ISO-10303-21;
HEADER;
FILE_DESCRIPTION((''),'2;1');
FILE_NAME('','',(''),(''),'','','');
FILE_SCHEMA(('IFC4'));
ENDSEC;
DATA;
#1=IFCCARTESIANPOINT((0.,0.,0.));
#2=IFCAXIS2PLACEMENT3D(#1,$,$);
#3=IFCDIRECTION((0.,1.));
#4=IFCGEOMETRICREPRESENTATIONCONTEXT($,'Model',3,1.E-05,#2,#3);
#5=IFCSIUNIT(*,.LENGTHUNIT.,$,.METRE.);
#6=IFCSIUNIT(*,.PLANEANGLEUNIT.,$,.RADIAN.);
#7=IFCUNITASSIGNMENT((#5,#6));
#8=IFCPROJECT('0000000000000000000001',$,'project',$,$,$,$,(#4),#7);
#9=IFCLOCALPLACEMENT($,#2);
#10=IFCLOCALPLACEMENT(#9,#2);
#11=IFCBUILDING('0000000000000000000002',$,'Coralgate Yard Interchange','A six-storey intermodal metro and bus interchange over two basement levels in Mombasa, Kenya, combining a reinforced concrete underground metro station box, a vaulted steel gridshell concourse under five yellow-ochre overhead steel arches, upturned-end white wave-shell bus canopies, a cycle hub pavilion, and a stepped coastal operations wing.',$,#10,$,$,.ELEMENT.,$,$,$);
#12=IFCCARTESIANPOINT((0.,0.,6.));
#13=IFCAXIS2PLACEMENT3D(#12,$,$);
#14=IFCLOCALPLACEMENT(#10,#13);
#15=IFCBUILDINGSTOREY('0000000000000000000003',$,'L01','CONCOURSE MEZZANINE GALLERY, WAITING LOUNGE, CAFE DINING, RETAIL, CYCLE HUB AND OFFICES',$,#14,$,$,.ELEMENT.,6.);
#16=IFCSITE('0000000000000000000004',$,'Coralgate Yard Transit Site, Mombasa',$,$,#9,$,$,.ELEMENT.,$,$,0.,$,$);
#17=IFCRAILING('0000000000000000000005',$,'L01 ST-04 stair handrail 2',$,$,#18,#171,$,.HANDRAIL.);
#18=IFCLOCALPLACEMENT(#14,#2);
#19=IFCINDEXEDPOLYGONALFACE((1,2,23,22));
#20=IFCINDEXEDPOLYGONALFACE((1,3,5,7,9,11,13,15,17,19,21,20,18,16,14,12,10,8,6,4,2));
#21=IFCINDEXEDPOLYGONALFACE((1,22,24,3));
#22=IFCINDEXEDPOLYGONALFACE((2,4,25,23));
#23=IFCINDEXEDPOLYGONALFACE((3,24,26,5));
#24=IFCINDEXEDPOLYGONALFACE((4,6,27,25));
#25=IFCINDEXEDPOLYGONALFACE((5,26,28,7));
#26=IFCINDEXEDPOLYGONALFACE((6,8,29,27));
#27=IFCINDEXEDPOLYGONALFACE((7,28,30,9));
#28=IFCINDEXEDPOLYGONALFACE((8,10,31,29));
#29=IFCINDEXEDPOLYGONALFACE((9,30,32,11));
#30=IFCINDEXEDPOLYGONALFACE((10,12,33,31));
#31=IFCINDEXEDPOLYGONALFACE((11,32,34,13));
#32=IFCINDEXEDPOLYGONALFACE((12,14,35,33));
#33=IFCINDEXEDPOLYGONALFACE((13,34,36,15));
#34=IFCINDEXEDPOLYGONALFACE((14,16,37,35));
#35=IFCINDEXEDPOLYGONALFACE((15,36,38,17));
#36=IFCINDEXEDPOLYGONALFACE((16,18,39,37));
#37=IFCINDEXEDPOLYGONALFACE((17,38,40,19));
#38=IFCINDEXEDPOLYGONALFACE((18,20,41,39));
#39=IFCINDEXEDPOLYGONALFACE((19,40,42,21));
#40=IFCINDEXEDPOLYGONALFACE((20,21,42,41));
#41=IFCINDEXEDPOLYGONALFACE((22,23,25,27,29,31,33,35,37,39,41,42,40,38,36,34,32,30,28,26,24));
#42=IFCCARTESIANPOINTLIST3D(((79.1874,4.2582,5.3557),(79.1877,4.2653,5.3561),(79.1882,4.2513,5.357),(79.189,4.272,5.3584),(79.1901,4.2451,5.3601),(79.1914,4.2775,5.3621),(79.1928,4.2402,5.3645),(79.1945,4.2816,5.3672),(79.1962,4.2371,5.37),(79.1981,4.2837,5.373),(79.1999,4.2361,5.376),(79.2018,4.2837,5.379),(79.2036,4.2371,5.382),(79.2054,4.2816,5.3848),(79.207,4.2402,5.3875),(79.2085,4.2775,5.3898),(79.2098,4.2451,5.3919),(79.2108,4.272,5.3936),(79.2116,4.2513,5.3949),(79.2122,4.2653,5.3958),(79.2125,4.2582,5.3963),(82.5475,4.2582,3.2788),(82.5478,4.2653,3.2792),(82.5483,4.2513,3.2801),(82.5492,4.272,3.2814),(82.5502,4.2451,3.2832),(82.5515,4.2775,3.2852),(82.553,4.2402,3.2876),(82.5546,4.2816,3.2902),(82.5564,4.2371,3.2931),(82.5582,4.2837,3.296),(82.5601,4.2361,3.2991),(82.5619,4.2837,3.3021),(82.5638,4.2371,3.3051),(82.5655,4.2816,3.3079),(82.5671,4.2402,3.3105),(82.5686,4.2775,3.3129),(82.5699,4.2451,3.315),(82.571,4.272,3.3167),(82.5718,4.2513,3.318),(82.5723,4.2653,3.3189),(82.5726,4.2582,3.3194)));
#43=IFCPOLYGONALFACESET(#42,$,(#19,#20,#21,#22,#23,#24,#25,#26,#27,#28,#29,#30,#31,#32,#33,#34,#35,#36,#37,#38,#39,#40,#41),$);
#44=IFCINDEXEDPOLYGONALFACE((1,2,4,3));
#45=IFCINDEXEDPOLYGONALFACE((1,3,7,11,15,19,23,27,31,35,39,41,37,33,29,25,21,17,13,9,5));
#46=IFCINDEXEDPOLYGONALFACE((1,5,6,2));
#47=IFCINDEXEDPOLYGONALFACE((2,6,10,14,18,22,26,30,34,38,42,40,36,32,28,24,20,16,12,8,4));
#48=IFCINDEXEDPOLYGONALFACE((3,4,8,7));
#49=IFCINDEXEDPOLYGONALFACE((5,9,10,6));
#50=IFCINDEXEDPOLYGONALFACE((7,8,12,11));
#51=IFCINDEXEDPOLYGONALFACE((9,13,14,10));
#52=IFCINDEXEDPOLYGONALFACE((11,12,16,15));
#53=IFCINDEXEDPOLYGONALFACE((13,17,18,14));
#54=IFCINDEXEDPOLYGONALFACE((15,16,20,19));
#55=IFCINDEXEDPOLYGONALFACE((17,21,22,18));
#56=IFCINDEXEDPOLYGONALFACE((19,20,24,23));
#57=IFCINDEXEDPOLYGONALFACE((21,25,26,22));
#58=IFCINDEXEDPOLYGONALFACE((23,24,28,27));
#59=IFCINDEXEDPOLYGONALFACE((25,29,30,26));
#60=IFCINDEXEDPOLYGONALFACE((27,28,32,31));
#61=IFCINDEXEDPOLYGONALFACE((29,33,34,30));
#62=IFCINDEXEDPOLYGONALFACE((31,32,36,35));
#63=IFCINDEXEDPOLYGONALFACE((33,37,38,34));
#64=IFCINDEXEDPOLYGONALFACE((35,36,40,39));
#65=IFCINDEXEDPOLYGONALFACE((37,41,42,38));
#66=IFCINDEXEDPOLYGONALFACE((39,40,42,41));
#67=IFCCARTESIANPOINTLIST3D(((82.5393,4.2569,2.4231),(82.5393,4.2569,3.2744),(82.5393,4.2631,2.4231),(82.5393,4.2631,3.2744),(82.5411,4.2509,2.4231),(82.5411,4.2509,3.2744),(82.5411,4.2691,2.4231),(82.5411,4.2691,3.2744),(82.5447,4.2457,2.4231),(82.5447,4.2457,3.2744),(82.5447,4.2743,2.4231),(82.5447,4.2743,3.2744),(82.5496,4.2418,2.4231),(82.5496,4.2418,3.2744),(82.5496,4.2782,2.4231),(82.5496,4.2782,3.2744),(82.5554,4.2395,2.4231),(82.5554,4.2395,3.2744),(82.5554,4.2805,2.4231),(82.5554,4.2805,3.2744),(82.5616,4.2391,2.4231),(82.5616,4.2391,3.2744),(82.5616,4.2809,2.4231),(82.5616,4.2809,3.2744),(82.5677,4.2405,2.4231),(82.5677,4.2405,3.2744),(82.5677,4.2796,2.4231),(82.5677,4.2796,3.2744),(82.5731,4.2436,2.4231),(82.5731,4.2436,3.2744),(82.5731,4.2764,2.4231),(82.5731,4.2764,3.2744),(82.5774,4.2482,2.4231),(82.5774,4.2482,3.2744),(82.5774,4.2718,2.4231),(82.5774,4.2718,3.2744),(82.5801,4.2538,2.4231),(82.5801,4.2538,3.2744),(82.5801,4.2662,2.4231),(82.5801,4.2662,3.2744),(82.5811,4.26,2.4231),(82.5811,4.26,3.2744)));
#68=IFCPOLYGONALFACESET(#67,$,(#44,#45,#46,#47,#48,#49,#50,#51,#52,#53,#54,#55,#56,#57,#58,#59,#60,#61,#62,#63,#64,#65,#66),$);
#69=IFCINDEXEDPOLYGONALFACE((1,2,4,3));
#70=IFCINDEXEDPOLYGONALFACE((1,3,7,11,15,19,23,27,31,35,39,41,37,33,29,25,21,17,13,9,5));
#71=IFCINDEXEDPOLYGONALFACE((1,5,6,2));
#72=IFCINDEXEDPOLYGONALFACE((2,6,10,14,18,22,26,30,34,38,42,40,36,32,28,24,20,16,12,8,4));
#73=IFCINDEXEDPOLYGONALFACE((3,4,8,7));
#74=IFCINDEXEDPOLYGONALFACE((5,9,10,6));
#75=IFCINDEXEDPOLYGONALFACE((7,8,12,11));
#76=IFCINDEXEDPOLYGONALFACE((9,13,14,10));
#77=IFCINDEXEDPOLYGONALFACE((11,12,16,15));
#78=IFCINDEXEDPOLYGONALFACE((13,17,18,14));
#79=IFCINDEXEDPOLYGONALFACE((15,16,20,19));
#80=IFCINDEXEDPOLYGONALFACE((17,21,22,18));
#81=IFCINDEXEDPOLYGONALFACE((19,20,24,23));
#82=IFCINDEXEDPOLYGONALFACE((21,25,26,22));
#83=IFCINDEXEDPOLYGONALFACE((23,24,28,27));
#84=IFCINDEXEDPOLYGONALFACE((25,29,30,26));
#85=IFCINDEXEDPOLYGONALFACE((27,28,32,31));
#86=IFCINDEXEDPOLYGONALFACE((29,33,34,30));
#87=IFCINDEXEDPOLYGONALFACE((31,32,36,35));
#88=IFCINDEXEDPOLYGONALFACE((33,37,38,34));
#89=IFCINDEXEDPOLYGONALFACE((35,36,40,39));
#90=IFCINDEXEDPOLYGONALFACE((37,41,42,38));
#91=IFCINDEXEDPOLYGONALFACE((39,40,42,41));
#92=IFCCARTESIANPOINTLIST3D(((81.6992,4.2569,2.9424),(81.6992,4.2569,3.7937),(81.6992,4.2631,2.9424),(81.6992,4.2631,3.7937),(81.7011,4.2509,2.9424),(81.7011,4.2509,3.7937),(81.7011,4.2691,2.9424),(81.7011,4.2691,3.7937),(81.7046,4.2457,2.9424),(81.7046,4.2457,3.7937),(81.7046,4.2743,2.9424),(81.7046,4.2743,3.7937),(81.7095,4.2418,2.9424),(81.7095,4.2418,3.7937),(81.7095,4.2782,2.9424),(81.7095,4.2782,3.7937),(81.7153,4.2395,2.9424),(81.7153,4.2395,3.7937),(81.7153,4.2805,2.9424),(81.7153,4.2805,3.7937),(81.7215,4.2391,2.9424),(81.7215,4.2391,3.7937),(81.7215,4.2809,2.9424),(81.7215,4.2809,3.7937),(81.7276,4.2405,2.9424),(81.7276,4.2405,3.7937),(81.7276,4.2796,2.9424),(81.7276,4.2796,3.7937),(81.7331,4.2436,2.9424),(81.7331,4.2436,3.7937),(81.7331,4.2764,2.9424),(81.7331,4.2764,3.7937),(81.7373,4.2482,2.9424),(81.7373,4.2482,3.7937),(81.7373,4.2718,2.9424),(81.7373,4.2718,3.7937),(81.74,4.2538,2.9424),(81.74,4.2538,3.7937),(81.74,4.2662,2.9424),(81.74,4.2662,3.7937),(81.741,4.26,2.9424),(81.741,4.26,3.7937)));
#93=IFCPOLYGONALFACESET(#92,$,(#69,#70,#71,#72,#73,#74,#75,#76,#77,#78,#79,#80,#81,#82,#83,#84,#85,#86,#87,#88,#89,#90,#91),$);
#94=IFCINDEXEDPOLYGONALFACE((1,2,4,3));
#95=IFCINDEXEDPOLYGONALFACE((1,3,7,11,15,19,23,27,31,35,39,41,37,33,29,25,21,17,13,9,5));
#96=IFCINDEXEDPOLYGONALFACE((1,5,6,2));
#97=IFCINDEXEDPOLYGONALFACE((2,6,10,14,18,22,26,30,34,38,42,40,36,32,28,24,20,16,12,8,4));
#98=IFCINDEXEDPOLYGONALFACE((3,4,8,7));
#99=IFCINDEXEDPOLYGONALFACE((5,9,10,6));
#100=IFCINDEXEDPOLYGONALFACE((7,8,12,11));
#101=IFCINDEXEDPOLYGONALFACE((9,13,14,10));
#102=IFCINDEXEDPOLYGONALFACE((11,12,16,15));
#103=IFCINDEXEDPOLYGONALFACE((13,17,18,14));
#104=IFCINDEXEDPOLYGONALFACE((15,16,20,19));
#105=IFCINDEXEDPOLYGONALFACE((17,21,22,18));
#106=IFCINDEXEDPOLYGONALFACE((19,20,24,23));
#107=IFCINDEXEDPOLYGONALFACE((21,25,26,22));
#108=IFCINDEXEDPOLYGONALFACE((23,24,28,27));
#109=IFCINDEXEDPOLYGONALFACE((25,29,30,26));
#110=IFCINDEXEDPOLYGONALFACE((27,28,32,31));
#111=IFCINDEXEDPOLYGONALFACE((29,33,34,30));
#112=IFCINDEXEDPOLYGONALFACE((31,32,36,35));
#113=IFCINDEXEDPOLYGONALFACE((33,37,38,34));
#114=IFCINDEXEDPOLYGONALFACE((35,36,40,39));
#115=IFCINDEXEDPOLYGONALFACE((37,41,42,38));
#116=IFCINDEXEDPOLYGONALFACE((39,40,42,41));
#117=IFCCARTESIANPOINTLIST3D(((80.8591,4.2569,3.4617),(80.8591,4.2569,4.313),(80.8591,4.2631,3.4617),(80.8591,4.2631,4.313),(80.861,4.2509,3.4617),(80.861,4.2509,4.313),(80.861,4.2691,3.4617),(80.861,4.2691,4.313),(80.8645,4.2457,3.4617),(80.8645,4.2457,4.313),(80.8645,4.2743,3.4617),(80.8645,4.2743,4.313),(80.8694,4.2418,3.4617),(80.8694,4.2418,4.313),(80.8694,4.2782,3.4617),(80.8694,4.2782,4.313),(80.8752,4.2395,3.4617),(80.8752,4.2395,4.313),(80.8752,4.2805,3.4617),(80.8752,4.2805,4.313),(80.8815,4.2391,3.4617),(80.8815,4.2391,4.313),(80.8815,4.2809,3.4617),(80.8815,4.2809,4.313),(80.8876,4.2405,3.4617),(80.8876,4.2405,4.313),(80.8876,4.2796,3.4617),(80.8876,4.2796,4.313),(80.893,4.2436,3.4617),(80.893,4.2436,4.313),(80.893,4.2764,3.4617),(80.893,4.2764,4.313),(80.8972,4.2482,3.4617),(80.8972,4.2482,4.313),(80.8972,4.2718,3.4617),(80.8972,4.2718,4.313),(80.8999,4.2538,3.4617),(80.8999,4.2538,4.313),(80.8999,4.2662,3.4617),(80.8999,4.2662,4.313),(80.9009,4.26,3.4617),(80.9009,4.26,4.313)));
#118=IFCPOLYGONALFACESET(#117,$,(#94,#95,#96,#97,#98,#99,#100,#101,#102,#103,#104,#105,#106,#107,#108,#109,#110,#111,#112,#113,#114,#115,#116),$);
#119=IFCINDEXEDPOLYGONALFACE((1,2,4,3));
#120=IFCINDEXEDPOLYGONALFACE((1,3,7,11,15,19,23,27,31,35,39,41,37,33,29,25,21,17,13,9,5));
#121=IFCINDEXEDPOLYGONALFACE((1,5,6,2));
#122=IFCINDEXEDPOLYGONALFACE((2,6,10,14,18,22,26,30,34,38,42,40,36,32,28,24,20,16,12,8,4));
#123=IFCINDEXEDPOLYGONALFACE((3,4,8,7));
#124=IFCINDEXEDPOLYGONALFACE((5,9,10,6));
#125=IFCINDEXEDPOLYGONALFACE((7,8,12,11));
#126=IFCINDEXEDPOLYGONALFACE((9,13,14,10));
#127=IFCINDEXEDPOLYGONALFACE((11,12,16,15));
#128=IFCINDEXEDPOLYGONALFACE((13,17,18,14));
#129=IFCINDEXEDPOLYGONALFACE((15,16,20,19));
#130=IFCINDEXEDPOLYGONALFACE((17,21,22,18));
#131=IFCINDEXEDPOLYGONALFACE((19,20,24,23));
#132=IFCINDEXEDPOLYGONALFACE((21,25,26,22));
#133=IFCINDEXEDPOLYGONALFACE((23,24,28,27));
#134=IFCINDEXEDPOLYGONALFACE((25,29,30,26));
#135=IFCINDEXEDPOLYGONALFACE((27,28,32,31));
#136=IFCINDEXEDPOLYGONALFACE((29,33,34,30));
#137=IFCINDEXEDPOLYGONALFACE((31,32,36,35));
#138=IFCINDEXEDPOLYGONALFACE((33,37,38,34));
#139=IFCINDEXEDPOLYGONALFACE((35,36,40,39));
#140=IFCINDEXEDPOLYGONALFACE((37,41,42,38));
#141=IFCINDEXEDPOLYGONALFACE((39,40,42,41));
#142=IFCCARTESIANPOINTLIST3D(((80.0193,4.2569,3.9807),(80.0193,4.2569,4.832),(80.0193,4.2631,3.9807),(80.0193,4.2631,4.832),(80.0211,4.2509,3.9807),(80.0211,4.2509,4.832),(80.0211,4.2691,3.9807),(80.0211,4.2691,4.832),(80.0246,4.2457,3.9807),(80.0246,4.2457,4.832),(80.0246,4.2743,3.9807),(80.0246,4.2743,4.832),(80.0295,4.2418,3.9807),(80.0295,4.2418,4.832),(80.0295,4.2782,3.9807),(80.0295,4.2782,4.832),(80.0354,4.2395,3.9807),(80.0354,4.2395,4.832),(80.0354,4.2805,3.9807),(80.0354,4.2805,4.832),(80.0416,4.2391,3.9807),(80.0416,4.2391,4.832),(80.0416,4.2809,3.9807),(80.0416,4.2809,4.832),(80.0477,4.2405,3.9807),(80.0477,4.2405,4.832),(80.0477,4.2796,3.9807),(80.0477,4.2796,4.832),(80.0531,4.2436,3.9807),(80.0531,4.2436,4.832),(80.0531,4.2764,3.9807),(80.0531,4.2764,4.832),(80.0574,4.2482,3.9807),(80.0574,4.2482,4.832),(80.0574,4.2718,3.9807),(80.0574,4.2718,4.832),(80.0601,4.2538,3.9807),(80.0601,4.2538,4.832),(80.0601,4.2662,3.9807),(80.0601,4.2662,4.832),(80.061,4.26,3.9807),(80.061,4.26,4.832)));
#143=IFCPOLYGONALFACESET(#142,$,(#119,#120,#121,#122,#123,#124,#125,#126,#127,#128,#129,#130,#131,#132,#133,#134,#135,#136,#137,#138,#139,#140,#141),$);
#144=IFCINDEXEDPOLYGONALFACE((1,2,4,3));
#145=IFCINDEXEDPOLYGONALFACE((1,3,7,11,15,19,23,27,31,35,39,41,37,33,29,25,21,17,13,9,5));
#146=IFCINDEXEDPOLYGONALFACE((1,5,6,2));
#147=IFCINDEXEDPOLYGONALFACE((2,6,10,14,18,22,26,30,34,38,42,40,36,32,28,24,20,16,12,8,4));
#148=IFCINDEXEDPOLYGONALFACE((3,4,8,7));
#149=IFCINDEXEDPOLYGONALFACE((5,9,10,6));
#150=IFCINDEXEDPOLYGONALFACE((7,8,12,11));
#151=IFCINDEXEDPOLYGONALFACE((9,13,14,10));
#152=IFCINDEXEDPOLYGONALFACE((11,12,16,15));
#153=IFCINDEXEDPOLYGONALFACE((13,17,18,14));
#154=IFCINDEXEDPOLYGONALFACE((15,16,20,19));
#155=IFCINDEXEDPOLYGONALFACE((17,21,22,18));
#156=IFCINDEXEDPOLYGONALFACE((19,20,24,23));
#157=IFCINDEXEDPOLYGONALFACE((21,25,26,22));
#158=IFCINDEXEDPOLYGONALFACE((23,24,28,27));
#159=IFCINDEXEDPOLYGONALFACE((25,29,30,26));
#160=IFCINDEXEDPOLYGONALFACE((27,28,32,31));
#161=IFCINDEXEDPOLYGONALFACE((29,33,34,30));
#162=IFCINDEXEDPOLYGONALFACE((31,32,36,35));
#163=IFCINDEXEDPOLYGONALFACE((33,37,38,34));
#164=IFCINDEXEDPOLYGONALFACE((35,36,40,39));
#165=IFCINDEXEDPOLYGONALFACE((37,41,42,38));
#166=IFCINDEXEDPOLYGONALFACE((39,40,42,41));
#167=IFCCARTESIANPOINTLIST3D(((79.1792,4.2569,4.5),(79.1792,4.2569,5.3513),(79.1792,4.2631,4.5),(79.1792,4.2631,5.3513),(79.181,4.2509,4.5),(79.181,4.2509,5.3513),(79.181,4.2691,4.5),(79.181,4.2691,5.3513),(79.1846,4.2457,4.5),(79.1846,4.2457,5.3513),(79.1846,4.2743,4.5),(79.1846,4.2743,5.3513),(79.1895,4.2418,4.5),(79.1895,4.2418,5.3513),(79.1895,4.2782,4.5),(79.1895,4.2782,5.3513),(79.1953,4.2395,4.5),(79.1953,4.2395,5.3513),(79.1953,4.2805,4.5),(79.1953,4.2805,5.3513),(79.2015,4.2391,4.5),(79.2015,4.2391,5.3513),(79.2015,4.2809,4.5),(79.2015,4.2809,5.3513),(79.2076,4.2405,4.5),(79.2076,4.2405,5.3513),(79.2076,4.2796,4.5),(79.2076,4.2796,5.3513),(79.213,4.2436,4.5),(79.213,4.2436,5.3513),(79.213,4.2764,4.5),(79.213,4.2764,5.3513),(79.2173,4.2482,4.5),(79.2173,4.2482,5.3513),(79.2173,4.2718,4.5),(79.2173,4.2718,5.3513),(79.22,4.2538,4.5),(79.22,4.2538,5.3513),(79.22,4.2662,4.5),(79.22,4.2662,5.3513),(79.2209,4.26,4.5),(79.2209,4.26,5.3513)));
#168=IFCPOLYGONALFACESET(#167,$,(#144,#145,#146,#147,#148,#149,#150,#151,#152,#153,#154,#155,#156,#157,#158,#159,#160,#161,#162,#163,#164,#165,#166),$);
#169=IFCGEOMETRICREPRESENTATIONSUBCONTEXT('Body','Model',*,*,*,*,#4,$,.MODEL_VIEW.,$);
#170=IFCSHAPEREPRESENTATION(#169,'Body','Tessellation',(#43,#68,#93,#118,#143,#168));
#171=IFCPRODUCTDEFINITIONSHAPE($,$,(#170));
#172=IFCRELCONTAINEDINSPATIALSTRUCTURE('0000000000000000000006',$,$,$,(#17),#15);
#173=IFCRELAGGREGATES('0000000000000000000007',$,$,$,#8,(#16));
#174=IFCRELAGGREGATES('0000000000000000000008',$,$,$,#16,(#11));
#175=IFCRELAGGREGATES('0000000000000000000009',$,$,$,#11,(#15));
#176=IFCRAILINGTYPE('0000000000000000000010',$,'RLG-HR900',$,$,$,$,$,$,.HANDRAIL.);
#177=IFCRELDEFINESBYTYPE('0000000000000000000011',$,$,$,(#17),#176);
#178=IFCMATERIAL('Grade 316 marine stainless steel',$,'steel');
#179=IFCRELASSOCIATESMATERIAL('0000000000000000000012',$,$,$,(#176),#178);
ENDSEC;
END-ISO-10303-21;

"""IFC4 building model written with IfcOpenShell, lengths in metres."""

from ifc_helpers import new_model, si_unit, direction, frame, origin, origin_2d, place, context, subcontext, project, spatial, circle, extrude, material, type_object, element, save


model = new_model("IFC4")

# Units and contexts
model_context = context("Model", 3, precision=1e-05, world=origin(), true_north=direction((0.0, 1.0)))
body_context = subcontext(model_context, "Body", "Model", "MODEL_VIEW")
ifc_project = project(units=[si_unit("LENGTHUNIT", "METRE"), si_unit("PLANEANGLEUNIT", "RADIAN")], contexts=[model_context])

# Site, building, storey
site_placement = place(None, origin())
site = spatial("IfcSite", under=ifc_project, at=site_placement, Name="Coralgate Yard Transit Site, Mombasa", CompositionType="ELEMENT", RefElevation=0.0)
building_placement = place(site_placement, origin())
building = spatial("IfcBuilding", under=site, at=building_placement, Name="Coralgate Yard Interchange", Description="A six-storey intermodal metro and bus interchange over two basement levels in Mombasa, Kenya, combining a reinforced concrete underground metro station box, a vaulted steel gridshell concourse under five yellow-ochre overhead steel arches, upturned-end white wave-shell bus canopies, a cycle hub pavilion, and a stepped coastal operations wing.", CompositionType="ELEMENT")
storey_placement = place(building_placement, frame((0.0, 0.0, 6.0)))
storey = spatial("IfcBuildingStorey", under=building, at=storey_placement, Name="L01", Description="CONCOURSE MEZZANINE GALLERY, WAITING LOUNGE, CAFE DINING, RETAIL, CYCLE HUB AND OFFICES", CompositionType="ELEMENT", Elevation=6.0)

# Railing
ifc_material_1 = material(Name="Grade 316 marine stainless steel", Category="steel")
railing_type_1 = type_object("IfcRailingType", Name="RLG-HR900", PredefinedType="HANDRAIL", material=ifc_material_1)
railing_1_placement = place(storey_placement, frame((82.5601, 4.26, 2.4231)))
element("IfcRailing", 1, at=railing_1_placement, inside=storey, type_object=railing_type_1, Name="L01 ST-04 stair handrail 2", PredefinedType="HANDRAIL", context=body_context, shape_type="SweptSolid", body=[
    extrude(circle(Radius=0.0239, at=origin_2d()), frame((0.0, 0.0, 0.876), z_axis=(-0.850623, 0.0, 0.525776), x_axis=(0.0, -1.0, 0.0)), (0.0, 0.0, 1.0), 3.9502),
    extrude(circle(Radius=0.021, at=origin_2d()), origin(), (0.0, 0.0, 1.0), 0.8513),
    extrude(circle(Radius=0.021, at=origin_2d()), frame((-0.8401, 0.0, 0.5193)), (0.0, 0.0, 1.0), 0.8513),
    extrude(circle(Radius=0.021, at=origin_2d()), frame((-1.6802, 0.0, 1.0386)), (0.0, 0.0, 1.0), 0.8513),
    extrude(circle(Radius=0.021, at=origin_2d()), frame((-2.52, 0.0, 1.5576)), (0.0, 0.0, 1.0), 0.8513),
    extrude(circle(Radius=0.021, at=origin_2d()), frame((-3.3601, 0.0, 2.0769)), (0.0, 0.0, 1.0), 0.8513),
])

save(model, "model.ifc")
